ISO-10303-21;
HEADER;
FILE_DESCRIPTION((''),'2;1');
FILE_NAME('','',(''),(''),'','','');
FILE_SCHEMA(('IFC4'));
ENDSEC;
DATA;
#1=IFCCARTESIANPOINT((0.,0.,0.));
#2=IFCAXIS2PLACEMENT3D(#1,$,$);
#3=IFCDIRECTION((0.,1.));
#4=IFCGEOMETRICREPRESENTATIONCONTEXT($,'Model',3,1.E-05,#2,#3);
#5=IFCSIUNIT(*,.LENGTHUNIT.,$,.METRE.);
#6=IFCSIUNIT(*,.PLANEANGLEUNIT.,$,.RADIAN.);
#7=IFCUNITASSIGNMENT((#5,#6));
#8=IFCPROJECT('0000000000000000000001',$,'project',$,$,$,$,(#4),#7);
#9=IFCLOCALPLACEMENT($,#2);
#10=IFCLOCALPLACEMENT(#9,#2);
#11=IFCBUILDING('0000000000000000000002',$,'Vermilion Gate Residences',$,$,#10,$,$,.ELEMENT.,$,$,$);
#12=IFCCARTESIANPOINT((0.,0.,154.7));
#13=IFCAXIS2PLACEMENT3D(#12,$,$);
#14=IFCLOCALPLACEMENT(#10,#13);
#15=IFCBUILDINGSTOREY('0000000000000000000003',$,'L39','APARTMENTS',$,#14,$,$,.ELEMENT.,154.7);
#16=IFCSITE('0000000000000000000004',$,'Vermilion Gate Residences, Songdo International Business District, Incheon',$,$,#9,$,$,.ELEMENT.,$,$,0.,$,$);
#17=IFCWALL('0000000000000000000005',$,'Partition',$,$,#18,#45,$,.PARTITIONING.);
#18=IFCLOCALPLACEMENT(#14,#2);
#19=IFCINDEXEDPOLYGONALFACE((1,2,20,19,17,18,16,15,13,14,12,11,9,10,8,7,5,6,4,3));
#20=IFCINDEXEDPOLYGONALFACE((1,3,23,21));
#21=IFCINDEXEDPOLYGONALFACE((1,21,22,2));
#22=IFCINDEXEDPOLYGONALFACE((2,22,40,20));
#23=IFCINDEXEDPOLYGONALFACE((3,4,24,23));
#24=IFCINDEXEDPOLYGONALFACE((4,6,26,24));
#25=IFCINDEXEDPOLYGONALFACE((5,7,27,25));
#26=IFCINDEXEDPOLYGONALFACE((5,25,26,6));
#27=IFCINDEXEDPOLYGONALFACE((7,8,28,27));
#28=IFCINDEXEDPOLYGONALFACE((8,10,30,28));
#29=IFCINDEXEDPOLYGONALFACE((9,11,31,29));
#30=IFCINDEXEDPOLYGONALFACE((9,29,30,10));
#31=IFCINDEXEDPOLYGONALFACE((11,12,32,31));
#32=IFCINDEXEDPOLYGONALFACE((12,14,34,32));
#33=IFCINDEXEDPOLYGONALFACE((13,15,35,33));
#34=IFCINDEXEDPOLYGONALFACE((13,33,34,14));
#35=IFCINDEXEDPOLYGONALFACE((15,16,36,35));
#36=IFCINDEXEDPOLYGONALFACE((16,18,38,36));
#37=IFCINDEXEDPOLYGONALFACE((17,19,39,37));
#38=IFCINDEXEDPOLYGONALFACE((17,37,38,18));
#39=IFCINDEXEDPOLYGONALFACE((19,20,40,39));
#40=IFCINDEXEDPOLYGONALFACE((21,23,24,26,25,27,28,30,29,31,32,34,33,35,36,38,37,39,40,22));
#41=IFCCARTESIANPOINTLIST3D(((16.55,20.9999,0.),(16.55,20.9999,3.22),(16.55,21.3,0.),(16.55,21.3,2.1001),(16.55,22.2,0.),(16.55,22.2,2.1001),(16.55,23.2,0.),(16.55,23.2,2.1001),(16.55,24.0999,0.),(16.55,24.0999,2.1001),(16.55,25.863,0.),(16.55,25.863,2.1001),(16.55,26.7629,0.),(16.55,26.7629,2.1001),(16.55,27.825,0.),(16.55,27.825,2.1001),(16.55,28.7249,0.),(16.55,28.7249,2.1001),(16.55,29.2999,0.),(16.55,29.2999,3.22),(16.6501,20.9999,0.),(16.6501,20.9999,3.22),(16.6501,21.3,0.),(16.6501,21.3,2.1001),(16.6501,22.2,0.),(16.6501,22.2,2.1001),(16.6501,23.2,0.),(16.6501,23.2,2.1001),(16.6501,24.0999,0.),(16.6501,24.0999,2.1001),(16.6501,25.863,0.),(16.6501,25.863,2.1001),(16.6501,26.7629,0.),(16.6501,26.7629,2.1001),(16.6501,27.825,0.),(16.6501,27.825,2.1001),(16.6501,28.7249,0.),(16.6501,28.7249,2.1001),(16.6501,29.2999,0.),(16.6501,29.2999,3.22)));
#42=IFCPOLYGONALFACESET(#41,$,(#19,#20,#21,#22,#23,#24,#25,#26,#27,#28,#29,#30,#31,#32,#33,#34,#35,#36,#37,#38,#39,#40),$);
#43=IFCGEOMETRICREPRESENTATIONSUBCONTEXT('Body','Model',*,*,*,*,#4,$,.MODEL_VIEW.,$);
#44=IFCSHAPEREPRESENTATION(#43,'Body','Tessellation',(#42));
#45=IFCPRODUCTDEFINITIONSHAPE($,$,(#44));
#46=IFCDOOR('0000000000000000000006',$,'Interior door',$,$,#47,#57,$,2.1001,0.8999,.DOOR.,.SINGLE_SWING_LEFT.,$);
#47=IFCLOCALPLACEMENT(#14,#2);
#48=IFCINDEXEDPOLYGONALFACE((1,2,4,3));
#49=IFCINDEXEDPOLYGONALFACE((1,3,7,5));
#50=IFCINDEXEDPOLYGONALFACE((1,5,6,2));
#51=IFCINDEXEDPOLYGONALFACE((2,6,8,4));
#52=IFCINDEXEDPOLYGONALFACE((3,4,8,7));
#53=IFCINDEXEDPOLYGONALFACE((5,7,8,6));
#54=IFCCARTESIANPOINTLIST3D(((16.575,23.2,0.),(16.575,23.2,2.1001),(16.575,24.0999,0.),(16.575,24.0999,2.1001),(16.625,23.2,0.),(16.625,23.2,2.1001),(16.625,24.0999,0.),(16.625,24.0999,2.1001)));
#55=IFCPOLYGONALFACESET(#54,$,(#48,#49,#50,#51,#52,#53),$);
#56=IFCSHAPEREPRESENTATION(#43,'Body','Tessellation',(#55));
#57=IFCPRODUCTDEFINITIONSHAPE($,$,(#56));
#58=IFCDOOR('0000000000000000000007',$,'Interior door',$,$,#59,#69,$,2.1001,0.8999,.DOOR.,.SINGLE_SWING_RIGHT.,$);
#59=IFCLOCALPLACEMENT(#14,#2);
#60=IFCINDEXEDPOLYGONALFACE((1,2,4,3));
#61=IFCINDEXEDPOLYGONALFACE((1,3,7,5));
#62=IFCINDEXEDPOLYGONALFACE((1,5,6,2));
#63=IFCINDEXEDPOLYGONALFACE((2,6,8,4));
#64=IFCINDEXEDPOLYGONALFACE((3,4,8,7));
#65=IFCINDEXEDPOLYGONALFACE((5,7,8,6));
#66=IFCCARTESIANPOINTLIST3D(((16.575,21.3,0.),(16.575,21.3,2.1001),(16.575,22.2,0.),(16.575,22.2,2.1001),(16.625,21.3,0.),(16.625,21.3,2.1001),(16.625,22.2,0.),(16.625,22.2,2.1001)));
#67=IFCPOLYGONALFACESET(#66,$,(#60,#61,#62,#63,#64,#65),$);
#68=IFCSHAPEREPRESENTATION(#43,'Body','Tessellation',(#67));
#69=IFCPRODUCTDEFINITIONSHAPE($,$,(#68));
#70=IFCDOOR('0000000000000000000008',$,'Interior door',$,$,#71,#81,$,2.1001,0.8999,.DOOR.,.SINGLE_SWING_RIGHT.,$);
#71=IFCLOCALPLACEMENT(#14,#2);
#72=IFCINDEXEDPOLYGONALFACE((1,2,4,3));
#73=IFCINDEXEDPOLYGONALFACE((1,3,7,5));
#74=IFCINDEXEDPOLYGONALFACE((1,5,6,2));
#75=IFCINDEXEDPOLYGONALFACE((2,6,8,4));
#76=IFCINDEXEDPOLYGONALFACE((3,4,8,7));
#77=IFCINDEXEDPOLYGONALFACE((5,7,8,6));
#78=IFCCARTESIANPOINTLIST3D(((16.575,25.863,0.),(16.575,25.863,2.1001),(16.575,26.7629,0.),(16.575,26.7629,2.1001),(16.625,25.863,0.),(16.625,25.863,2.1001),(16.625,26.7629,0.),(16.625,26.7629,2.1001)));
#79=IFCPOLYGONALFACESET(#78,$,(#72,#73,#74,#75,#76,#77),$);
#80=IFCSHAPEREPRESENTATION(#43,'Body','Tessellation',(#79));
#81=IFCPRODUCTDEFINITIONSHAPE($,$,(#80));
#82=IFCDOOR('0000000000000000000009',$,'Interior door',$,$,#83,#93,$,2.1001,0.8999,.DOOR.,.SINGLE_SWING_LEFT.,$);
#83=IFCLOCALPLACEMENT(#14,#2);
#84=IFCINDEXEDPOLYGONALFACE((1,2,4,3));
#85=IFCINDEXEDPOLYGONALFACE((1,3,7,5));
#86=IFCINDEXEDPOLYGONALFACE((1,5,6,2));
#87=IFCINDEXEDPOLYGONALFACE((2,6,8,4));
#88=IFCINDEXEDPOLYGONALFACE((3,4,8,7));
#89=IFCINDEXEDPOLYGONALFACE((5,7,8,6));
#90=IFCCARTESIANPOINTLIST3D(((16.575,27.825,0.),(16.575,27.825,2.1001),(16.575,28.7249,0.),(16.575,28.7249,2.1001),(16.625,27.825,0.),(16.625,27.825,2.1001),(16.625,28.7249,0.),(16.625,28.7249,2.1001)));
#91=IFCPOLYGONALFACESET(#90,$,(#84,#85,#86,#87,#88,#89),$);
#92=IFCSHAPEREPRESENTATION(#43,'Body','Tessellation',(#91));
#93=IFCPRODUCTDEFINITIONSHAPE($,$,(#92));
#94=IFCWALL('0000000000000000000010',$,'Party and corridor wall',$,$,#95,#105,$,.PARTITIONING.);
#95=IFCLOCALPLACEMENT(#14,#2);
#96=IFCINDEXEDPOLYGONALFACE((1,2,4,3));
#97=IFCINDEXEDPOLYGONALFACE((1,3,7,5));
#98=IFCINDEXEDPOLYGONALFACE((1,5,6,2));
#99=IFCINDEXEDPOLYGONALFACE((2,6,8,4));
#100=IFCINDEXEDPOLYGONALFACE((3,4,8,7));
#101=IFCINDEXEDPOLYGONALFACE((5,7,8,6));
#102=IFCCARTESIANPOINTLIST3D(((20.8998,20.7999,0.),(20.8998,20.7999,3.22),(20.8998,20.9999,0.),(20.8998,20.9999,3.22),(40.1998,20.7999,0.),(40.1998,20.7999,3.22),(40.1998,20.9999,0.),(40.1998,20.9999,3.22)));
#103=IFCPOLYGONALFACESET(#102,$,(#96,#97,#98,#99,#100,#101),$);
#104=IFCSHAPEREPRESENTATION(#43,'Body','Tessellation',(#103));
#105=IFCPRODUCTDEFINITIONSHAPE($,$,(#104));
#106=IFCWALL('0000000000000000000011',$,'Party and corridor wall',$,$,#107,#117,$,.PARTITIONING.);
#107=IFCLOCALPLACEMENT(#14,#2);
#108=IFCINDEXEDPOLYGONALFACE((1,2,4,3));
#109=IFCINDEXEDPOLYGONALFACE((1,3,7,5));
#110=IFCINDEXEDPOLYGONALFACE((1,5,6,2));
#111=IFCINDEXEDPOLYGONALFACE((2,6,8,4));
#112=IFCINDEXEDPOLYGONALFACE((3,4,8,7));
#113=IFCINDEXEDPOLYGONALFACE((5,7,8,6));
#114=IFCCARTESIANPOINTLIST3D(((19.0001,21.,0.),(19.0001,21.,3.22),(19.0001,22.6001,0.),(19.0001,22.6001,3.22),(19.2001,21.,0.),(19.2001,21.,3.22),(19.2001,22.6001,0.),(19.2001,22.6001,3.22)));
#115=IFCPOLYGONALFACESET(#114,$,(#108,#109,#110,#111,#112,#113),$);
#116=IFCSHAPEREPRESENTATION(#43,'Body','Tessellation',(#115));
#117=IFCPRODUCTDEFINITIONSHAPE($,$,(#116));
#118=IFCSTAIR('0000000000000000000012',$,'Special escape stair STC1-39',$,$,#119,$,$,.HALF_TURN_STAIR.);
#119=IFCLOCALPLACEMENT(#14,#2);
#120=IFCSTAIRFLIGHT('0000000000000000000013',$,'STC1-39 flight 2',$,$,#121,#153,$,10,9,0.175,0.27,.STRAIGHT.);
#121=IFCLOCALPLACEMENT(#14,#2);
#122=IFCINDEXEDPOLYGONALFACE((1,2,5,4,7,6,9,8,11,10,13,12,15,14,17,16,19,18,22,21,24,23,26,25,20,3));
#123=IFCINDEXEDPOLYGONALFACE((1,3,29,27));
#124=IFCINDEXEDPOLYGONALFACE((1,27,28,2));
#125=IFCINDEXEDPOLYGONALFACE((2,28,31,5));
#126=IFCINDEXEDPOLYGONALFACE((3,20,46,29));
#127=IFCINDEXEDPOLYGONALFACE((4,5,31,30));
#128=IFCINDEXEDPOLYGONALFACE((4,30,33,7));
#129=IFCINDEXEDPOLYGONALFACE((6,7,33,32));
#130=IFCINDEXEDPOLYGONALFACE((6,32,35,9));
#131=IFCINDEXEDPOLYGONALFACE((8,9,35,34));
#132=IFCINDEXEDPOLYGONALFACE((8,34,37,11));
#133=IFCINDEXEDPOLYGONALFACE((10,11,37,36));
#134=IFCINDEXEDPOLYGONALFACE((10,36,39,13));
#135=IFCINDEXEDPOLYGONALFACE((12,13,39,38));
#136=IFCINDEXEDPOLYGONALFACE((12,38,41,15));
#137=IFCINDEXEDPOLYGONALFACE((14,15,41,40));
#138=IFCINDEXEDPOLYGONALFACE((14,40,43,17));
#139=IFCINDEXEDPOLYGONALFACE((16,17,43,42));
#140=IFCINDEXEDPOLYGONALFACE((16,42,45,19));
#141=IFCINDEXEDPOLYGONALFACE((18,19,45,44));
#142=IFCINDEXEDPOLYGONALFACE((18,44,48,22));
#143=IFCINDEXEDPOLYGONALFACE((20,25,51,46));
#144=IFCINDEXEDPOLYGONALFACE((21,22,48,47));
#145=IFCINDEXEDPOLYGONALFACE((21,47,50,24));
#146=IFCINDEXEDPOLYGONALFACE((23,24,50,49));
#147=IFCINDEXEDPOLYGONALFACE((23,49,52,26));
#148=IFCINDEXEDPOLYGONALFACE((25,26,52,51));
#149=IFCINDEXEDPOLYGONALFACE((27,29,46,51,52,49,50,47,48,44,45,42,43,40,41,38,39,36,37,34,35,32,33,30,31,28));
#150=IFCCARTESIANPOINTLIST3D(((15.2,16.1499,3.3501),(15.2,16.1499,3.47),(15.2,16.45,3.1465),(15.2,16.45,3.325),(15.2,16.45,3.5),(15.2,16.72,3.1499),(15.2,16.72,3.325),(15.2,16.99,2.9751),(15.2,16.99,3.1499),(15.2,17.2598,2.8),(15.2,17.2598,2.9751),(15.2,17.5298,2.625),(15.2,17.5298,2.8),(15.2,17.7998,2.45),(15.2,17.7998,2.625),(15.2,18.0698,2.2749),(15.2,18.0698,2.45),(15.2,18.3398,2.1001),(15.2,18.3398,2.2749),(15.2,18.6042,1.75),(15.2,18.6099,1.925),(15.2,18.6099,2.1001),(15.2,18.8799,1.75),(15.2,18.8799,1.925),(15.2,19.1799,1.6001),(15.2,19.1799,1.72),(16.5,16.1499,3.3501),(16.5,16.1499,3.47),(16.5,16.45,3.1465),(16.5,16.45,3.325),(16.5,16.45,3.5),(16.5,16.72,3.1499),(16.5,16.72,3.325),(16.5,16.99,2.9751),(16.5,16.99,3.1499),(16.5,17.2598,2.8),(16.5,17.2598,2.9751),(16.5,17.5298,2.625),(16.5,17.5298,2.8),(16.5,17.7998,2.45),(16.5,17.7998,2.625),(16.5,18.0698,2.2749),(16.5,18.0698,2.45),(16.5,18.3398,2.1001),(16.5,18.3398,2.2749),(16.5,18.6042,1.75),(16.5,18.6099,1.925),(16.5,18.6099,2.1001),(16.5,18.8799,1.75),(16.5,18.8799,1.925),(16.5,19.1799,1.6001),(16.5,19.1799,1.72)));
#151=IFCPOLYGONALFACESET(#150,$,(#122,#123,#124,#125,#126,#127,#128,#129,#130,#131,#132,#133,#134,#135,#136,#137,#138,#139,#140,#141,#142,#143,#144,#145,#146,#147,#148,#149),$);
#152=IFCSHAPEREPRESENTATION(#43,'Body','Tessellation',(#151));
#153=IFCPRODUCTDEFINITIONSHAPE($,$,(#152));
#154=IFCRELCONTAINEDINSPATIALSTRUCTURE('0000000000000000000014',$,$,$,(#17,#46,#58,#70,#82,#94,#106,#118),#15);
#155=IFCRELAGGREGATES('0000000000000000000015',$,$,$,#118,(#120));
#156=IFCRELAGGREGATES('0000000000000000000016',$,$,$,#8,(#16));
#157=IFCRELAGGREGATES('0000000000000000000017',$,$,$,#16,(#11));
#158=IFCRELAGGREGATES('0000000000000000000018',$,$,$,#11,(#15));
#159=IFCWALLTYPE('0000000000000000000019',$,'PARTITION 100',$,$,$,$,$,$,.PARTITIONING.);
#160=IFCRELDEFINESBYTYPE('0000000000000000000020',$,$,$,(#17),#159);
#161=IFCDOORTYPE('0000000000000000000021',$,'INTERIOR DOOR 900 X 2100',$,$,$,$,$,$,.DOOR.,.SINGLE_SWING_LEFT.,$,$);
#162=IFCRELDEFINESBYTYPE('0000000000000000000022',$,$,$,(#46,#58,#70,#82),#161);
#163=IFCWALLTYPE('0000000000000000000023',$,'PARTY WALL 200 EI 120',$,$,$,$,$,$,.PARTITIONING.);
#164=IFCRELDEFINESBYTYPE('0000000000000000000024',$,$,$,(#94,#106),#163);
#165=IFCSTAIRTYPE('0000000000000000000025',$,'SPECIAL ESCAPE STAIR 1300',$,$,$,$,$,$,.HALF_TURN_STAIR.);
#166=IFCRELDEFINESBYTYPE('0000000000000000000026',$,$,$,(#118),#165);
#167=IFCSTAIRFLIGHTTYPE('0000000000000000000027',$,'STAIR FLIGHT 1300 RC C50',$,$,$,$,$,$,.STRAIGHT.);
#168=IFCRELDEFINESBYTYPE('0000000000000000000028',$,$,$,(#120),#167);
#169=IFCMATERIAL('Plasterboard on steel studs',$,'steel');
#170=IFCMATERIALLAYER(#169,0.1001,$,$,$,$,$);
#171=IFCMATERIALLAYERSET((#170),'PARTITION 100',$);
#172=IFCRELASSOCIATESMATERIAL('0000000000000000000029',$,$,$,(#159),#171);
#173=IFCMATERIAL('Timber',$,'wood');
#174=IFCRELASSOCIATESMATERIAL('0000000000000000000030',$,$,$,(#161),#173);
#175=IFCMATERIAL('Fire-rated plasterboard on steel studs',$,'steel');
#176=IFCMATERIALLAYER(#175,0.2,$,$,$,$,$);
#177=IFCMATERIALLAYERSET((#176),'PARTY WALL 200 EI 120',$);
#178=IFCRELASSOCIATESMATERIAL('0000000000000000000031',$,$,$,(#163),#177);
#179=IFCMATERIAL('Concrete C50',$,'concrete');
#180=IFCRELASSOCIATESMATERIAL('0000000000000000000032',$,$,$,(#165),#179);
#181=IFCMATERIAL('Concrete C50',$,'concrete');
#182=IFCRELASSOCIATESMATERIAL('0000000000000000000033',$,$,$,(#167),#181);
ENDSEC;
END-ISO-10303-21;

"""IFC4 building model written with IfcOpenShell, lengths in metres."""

from ifc_helpers import new_model, si_unit, direction, frame, frame_2d, origin, place, context, subcontext, project, spatial, polyline, rectangle, outline, extrude, material, layer, layer_set, type_object, element, fill, aggregate, save


model = new_model("IFC4")

# Units and contexts
model_context = context("Model", 3, precision=1e-05, world=origin(), true_north=direction((0.0, 1.0)))
body_context = subcontext(model_context, "Body", "Model", "MODEL_VIEW")
ifc_project = project(units=[si_unit("LENGTHUNIT", "METRE"), si_unit("PLANEANGLEUNIT", "RADIAN")], contexts=[model_context])

# Site, building, storey
site_placement = place(None, origin())
site = spatial("IfcSite", under=ifc_project, at=site_placement, Name="Vermilion Gate Residences, Songdo International Business District, Incheon", CompositionType="ELEMENT", RefElevation=0.0)
building_placement = place(site_placement, origin())
building = spatial("IfcBuilding", under=site, at=building_placement, Name="Vermilion Gate Residences", CompositionType="ELEMENT")
storey_placement = place(building_placement, frame((0.0, 0.0, 154.7)))
storey = spatial("IfcBuildingStorey", under=building, at=storey_placement, Name="L39", Description="APARTMENTS", CompositionType="ELEMENT", Elevation=154.7)

# Wall, openings, doors
ifc_material_1 = material(Name="Plasterboard on steel studs", Category="steel")
ifc_layer_1 = layer(ifc_material_1, 0.1001)
ifc_layer_set_1 = layer_set([ifc_layer_1], Name="PARTITION 100")
wall_type_1 = type_object("IfcWallType", Name="PARTITION 100", PredefinedType="PARTITIONING", material=ifc_layer_set_1)
ifc_material_2 = material(Name="Timber", Category="wood")
door_type = type_object("IfcDoorType", Name="INTERIOR DOOR 900 X 2100", OperationType="SINGLE_SWING_LEFT", PredefinedType="DOOR", material=ifc_material_2)
wall_1_placement = place(storey_placement, frame((16.6001, 21.0, 0.0), z_axis=(0.0, 0.0, 1.0), x_axis=(0.0, 1.0, 0.0)))
wall_1 = element("IfcWall", 1, at=wall_1_placement, inside=storey, type_object=wall_type_1, Name="Partition", PredefinedType="PARTITIONING", context=body_context, shape_type="SweptSolid", body=[
    extrude(rectangle(XDim=8.3, YDim=0.1001, at=frame_2d((4.1499, 0.0))), origin(), (0.0, 0.0, 1.0), 3.22),
])
opening_1_placement = place(wall_1_placement, frame((2.2, 0.0, 0.0)))
opening_1 = element("IfcOpeningElement", 2, at=opening_1_placement, cuts=wall_1, PredefinedType="OPENING", context=body_context, shape_type="SweptSolid", body=[
    extrude(rectangle(XDim=0.8999, YDim=2.1001, at=frame_2d((0.45, 1.05))), frame((0.0, 0.0601, 0.0), z_axis=(0.0, -1.0, 0.0), x_axis=(1.0, 0.0, 0.0)), (0.0, 0.0, 1.0), 0.1201),
])
opening_2_placement = place(wall_1_placement, frame((0.3, 0.0, 0.0)))
opening_2 = element("IfcOpeningElement", 3, at=opening_2_placement, cuts=wall_1, PredefinedType="OPENING", context=body_context, shape_type="SweptSolid", body=[
    extrude(rectangle(XDim=0.8999, YDim=2.1001, at=frame_2d((0.45, 1.05))), frame((0.0, 0.0601, 0.0), z_axis=(0.0, -1.0, 0.0), x_axis=(1.0, 0.0, 0.0)), (0.0, 0.0, 1.0), 0.1201),
])
opening_3_placement = place(wall_1_placement, frame((4.863, 0.0, 0.0)))
opening_3 = element("IfcOpeningElement", 4, at=opening_3_placement, cuts=wall_1, PredefinedType="OPENING", context=body_context, shape_type="SweptSolid", body=[
    extrude(rectangle(XDim=0.8999, YDim=2.1001, at=frame_2d((0.45, 1.05))), frame((0.0, 0.0601, 0.0), z_axis=(0.0, -1.0, 0.0), x_axis=(1.0, 0.0, 0.0)), (0.0, 0.0, 1.0), 0.1201),
])
opening_4_placement = place(wall_1_placement, frame((6.825, 0.0, 0.0)))
opening_4 = element("IfcOpeningElement", 5, at=opening_4_placement, cuts=wall_1, PredefinedType="OPENING", context=body_context, shape_type="SweptSolid", body=[
    extrude(rectangle(XDim=0.8999, YDim=2.1001, at=frame_2d((0.45, 1.05))), frame((0.0, 0.0601, 0.0), z_axis=(0.0, -1.0, 0.0), x_axis=(1.0, 0.0, 0.0)), (0.0, 0.0, 1.0), 0.1201),
])
door_1_placement = place(opening_1_placement, frame((0.8999, 0.0, 0.0), z_axis=(0.0, 0.0, 1.0), x_axis=(-1.0, 0.0, 0.0)))
door_1 = element("IfcDoor", 6, at=door_1_placement, inside=storey, type_object=door_type, Name="Interior door", OperationType="SINGLE_SWING_LEFT", OverallHeight=2.1001, OverallWidth=0.8999, PredefinedType="DOOR", context=body_context, shape_type="SweptSolid", body=[
    extrude(rectangle(XDim=0.8999, YDim=2.1001, at=frame_2d((0.45, 1.05))), frame((0.0, 0.0249, 0.0), z_axis=(0.0, -1.0, 0.0), x_axis=(1.0, 0.0, 0.0)), (0.0, 0.0, 1.0), 0.05),
])
fill(opening_1, door_1)
door_2_placement = place(opening_2_placement, frame((0.8999, 0.0, 0.0), z_axis=(0.0, 0.0, 1.0), x_axis=(-1.0, 0.0, 0.0)))
door_2 = element("IfcDoor", 7, at=door_2_placement, inside=storey, type_object=door_type, Name="Interior door", OperationType="SINGLE_SWING_RIGHT", OverallHeight=2.1001, OverallWidth=0.8999, PredefinedType="DOOR", context=body_context, shape_type="SweptSolid", body=[
    extrude(rectangle(XDim=0.8999, YDim=2.1001, at=frame_2d((0.45, 1.05))), frame((0.0, 0.0249, 0.0), z_axis=(0.0, -1.0, 0.0), x_axis=(1.0, 0.0, 0.0)), (0.0, 0.0, 1.0), 0.05),
])
fill(opening_2, door_2)
door_3_placement = place(opening_3_placement, frame((0.8999, 0.0, 0.0), z_axis=(0.0, 0.0, 1.0), x_axis=(-1.0, 0.0, 0.0)))
door_3 = element("IfcDoor", 8, at=door_3_placement, inside=storey, type_object=door_type, Name="Interior door", OperationType="SINGLE_SWING_RIGHT", OverallHeight=2.1001, OverallWidth=0.8999, PredefinedType="DOOR", context=body_context, shape_type="SweptSolid", body=[
    extrude(rectangle(XDim=0.8999, YDim=2.1001, at=frame_2d((0.45, 1.05))), frame((0.0, 0.0249, 0.0), z_axis=(0.0, -1.0, 0.0), x_axis=(1.0, 0.0, 0.0)), (0.0, 0.0, 1.0), 0.05),
])
fill(opening_3, door_3)
door_4_placement = place(opening_4_placement, frame((0.8999, 0.0, 0.0), z_axis=(0.0, 0.0, 1.0), x_axis=(-1.0, 0.0, 0.0)))
door_4 = element("IfcDoor", 9, at=door_4_placement, inside=storey, type_object=door_type, Name="Interior door", OperationType="SINGLE_SWING_LEFT", OverallHeight=2.1001, OverallWidth=0.8999, PredefinedType="DOOR", context=body_context, shape_type="SweptSolid", body=[
    extrude(rectangle(XDim=0.8999, YDim=2.1001, at=frame_2d((0.45, 1.05))), frame((0.0, 0.0249, 0.0), z_axis=(0.0, -1.0, 0.0), x_axis=(1.0, 0.0, 0.0)), (0.0, 0.0, 1.0), 0.05),
])
fill(opening_4, door_4)

# Walls
ifc_material_3 = material(Name="Fire-rated plasterboard on steel studs", Category="steel")
ifc_layer_2 = layer(ifc_material_3, 0.2)
ifc_layer_set_2 = layer_set([ifc_layer_2], Name="PARTY WALL 200 EI 120")
wall_type_2 = type_object("IfcWallType", Name="PARTY WALL 200 EI 120", PredefinedType="PARTITIONING", material=ifc_layer_set_2)
wall_2_placement = place(storey_placement, frame((20.8999, 20.8999, 0.0), z_axis=(0.0, 0.0, 1.0), x_axis=(1.0, 0.0, 0.0)))
element("IfcWall", 10, at=wall_2_placement, inside=storey, type_object=wall_type_2, Name="Party and corridor wall", PredefinedType="PARTITIONING", context=body_context, shape_type="SweptSolid", body=[
    extrude(rectangle(XDim=19.3, YDim=0.2, at=frame_2d((9.6499, 0.0))), origin(), (0.0, 0.0, 1.0), 3.22),
])
wall_3_placement = place(storey_placement, frame((19.1001, 21.0, 0.0), z_axis=(0.0, 0.0, 1.0), x_axis=(0.0, 1.0, 0.0)))
element("IfcWall", 11, at=wall_3_placement, inside=storey, type_object=wall_type_2, Name="Party and corridor wall", PredefinedType="PARTITIONING", context=body_context, shape_type="SweptSolid", body=[
    extrude(rectangle(XDim=1.6001, YDim=0.2, at=frame_2d((0.8, 0.0))), origin(), (0.0, 0.0, 1.0), 3.22),
])

# Stair, stair flight
ifc_material_4 = material(Name="Concrete C50", Category="concrete")
stair_type = type_object("IfcStairType", Name="SPECIAL ESCAPE STAIR 1300", PredefinedType="HALF_TURN_STAIR", material=ifc_material_4)
stair_placement = place(storey_placement, origin())
stair = element("IfcStair", 12, at=stair_placement, inside=storey, type_object=stair_type, Name="Special escape stair STC1-39", PredefinedType="HALF_TURN_STAIR")
ifc_material_5 = material(Name="Concrete C50", Category="concrete")
stair_flight_type = type_object("IfcStairFlightType", Name="STAIR FLIGHT 1300 RC C50", PredefinedType="STRAIGHT", material=ifc_material_5)
stair_flight_placement = place(storey_placement, frame((15.8501, 18.8799, 1.75), z_axis=(0.0, 0.0, 1.0), x_axis=(0.0, -1.0, 0.0)))
stair_flight = element("IfcStairFlight", 13, at=stair_flight_placement, type_object=stair_flight_type, Name="STC1-39 flight 2", NumberOfRisers=10, NumberOfTreads=9, PredefinedType="STRAIGHT", RiserHeight=0.175, TreadLength=0.27, context=body_context, shape_type="SweptSolid", body=[
    extrude(outline(polyline([(-0.3, -0.1499), (-0.3, -0.03), (0.0, 0.0), (0.0, 0.175), (0.27, 0.175), (0.27, 0.3501), (0.54, 0.3501), (0.54, 0.5249), (0.8101, 0.5249), (0.8101, 0.7), (1.0801, 0.7), (1.0801, 0.875), (1.3501, 0.875), (1.3501, 1.05), (1.6201, 1.05), (1.6201, 1.2251), (1.8899, 1.2251), (1.8899, 1.3999), (2.1599, 1.3999), (2.1599, 1.575), (2.4299, 1.575), (2.4299, 1.75), (2.73, 1.72), (2.73, 1.6001), (2.4299, 1.3965), (0.2756, 0.0), (-0.3, -0.1499)])), frame((0.0, 0.6499, 0.0), z_axis=(0.0, -1.0, 0.0), x_axis=(1.0, 0.0, 0.0)), (0.0, 0.0, 1.0), 1.3),
])
aggregate(stair, [stair_flight])

save(model, "model.ifc")
